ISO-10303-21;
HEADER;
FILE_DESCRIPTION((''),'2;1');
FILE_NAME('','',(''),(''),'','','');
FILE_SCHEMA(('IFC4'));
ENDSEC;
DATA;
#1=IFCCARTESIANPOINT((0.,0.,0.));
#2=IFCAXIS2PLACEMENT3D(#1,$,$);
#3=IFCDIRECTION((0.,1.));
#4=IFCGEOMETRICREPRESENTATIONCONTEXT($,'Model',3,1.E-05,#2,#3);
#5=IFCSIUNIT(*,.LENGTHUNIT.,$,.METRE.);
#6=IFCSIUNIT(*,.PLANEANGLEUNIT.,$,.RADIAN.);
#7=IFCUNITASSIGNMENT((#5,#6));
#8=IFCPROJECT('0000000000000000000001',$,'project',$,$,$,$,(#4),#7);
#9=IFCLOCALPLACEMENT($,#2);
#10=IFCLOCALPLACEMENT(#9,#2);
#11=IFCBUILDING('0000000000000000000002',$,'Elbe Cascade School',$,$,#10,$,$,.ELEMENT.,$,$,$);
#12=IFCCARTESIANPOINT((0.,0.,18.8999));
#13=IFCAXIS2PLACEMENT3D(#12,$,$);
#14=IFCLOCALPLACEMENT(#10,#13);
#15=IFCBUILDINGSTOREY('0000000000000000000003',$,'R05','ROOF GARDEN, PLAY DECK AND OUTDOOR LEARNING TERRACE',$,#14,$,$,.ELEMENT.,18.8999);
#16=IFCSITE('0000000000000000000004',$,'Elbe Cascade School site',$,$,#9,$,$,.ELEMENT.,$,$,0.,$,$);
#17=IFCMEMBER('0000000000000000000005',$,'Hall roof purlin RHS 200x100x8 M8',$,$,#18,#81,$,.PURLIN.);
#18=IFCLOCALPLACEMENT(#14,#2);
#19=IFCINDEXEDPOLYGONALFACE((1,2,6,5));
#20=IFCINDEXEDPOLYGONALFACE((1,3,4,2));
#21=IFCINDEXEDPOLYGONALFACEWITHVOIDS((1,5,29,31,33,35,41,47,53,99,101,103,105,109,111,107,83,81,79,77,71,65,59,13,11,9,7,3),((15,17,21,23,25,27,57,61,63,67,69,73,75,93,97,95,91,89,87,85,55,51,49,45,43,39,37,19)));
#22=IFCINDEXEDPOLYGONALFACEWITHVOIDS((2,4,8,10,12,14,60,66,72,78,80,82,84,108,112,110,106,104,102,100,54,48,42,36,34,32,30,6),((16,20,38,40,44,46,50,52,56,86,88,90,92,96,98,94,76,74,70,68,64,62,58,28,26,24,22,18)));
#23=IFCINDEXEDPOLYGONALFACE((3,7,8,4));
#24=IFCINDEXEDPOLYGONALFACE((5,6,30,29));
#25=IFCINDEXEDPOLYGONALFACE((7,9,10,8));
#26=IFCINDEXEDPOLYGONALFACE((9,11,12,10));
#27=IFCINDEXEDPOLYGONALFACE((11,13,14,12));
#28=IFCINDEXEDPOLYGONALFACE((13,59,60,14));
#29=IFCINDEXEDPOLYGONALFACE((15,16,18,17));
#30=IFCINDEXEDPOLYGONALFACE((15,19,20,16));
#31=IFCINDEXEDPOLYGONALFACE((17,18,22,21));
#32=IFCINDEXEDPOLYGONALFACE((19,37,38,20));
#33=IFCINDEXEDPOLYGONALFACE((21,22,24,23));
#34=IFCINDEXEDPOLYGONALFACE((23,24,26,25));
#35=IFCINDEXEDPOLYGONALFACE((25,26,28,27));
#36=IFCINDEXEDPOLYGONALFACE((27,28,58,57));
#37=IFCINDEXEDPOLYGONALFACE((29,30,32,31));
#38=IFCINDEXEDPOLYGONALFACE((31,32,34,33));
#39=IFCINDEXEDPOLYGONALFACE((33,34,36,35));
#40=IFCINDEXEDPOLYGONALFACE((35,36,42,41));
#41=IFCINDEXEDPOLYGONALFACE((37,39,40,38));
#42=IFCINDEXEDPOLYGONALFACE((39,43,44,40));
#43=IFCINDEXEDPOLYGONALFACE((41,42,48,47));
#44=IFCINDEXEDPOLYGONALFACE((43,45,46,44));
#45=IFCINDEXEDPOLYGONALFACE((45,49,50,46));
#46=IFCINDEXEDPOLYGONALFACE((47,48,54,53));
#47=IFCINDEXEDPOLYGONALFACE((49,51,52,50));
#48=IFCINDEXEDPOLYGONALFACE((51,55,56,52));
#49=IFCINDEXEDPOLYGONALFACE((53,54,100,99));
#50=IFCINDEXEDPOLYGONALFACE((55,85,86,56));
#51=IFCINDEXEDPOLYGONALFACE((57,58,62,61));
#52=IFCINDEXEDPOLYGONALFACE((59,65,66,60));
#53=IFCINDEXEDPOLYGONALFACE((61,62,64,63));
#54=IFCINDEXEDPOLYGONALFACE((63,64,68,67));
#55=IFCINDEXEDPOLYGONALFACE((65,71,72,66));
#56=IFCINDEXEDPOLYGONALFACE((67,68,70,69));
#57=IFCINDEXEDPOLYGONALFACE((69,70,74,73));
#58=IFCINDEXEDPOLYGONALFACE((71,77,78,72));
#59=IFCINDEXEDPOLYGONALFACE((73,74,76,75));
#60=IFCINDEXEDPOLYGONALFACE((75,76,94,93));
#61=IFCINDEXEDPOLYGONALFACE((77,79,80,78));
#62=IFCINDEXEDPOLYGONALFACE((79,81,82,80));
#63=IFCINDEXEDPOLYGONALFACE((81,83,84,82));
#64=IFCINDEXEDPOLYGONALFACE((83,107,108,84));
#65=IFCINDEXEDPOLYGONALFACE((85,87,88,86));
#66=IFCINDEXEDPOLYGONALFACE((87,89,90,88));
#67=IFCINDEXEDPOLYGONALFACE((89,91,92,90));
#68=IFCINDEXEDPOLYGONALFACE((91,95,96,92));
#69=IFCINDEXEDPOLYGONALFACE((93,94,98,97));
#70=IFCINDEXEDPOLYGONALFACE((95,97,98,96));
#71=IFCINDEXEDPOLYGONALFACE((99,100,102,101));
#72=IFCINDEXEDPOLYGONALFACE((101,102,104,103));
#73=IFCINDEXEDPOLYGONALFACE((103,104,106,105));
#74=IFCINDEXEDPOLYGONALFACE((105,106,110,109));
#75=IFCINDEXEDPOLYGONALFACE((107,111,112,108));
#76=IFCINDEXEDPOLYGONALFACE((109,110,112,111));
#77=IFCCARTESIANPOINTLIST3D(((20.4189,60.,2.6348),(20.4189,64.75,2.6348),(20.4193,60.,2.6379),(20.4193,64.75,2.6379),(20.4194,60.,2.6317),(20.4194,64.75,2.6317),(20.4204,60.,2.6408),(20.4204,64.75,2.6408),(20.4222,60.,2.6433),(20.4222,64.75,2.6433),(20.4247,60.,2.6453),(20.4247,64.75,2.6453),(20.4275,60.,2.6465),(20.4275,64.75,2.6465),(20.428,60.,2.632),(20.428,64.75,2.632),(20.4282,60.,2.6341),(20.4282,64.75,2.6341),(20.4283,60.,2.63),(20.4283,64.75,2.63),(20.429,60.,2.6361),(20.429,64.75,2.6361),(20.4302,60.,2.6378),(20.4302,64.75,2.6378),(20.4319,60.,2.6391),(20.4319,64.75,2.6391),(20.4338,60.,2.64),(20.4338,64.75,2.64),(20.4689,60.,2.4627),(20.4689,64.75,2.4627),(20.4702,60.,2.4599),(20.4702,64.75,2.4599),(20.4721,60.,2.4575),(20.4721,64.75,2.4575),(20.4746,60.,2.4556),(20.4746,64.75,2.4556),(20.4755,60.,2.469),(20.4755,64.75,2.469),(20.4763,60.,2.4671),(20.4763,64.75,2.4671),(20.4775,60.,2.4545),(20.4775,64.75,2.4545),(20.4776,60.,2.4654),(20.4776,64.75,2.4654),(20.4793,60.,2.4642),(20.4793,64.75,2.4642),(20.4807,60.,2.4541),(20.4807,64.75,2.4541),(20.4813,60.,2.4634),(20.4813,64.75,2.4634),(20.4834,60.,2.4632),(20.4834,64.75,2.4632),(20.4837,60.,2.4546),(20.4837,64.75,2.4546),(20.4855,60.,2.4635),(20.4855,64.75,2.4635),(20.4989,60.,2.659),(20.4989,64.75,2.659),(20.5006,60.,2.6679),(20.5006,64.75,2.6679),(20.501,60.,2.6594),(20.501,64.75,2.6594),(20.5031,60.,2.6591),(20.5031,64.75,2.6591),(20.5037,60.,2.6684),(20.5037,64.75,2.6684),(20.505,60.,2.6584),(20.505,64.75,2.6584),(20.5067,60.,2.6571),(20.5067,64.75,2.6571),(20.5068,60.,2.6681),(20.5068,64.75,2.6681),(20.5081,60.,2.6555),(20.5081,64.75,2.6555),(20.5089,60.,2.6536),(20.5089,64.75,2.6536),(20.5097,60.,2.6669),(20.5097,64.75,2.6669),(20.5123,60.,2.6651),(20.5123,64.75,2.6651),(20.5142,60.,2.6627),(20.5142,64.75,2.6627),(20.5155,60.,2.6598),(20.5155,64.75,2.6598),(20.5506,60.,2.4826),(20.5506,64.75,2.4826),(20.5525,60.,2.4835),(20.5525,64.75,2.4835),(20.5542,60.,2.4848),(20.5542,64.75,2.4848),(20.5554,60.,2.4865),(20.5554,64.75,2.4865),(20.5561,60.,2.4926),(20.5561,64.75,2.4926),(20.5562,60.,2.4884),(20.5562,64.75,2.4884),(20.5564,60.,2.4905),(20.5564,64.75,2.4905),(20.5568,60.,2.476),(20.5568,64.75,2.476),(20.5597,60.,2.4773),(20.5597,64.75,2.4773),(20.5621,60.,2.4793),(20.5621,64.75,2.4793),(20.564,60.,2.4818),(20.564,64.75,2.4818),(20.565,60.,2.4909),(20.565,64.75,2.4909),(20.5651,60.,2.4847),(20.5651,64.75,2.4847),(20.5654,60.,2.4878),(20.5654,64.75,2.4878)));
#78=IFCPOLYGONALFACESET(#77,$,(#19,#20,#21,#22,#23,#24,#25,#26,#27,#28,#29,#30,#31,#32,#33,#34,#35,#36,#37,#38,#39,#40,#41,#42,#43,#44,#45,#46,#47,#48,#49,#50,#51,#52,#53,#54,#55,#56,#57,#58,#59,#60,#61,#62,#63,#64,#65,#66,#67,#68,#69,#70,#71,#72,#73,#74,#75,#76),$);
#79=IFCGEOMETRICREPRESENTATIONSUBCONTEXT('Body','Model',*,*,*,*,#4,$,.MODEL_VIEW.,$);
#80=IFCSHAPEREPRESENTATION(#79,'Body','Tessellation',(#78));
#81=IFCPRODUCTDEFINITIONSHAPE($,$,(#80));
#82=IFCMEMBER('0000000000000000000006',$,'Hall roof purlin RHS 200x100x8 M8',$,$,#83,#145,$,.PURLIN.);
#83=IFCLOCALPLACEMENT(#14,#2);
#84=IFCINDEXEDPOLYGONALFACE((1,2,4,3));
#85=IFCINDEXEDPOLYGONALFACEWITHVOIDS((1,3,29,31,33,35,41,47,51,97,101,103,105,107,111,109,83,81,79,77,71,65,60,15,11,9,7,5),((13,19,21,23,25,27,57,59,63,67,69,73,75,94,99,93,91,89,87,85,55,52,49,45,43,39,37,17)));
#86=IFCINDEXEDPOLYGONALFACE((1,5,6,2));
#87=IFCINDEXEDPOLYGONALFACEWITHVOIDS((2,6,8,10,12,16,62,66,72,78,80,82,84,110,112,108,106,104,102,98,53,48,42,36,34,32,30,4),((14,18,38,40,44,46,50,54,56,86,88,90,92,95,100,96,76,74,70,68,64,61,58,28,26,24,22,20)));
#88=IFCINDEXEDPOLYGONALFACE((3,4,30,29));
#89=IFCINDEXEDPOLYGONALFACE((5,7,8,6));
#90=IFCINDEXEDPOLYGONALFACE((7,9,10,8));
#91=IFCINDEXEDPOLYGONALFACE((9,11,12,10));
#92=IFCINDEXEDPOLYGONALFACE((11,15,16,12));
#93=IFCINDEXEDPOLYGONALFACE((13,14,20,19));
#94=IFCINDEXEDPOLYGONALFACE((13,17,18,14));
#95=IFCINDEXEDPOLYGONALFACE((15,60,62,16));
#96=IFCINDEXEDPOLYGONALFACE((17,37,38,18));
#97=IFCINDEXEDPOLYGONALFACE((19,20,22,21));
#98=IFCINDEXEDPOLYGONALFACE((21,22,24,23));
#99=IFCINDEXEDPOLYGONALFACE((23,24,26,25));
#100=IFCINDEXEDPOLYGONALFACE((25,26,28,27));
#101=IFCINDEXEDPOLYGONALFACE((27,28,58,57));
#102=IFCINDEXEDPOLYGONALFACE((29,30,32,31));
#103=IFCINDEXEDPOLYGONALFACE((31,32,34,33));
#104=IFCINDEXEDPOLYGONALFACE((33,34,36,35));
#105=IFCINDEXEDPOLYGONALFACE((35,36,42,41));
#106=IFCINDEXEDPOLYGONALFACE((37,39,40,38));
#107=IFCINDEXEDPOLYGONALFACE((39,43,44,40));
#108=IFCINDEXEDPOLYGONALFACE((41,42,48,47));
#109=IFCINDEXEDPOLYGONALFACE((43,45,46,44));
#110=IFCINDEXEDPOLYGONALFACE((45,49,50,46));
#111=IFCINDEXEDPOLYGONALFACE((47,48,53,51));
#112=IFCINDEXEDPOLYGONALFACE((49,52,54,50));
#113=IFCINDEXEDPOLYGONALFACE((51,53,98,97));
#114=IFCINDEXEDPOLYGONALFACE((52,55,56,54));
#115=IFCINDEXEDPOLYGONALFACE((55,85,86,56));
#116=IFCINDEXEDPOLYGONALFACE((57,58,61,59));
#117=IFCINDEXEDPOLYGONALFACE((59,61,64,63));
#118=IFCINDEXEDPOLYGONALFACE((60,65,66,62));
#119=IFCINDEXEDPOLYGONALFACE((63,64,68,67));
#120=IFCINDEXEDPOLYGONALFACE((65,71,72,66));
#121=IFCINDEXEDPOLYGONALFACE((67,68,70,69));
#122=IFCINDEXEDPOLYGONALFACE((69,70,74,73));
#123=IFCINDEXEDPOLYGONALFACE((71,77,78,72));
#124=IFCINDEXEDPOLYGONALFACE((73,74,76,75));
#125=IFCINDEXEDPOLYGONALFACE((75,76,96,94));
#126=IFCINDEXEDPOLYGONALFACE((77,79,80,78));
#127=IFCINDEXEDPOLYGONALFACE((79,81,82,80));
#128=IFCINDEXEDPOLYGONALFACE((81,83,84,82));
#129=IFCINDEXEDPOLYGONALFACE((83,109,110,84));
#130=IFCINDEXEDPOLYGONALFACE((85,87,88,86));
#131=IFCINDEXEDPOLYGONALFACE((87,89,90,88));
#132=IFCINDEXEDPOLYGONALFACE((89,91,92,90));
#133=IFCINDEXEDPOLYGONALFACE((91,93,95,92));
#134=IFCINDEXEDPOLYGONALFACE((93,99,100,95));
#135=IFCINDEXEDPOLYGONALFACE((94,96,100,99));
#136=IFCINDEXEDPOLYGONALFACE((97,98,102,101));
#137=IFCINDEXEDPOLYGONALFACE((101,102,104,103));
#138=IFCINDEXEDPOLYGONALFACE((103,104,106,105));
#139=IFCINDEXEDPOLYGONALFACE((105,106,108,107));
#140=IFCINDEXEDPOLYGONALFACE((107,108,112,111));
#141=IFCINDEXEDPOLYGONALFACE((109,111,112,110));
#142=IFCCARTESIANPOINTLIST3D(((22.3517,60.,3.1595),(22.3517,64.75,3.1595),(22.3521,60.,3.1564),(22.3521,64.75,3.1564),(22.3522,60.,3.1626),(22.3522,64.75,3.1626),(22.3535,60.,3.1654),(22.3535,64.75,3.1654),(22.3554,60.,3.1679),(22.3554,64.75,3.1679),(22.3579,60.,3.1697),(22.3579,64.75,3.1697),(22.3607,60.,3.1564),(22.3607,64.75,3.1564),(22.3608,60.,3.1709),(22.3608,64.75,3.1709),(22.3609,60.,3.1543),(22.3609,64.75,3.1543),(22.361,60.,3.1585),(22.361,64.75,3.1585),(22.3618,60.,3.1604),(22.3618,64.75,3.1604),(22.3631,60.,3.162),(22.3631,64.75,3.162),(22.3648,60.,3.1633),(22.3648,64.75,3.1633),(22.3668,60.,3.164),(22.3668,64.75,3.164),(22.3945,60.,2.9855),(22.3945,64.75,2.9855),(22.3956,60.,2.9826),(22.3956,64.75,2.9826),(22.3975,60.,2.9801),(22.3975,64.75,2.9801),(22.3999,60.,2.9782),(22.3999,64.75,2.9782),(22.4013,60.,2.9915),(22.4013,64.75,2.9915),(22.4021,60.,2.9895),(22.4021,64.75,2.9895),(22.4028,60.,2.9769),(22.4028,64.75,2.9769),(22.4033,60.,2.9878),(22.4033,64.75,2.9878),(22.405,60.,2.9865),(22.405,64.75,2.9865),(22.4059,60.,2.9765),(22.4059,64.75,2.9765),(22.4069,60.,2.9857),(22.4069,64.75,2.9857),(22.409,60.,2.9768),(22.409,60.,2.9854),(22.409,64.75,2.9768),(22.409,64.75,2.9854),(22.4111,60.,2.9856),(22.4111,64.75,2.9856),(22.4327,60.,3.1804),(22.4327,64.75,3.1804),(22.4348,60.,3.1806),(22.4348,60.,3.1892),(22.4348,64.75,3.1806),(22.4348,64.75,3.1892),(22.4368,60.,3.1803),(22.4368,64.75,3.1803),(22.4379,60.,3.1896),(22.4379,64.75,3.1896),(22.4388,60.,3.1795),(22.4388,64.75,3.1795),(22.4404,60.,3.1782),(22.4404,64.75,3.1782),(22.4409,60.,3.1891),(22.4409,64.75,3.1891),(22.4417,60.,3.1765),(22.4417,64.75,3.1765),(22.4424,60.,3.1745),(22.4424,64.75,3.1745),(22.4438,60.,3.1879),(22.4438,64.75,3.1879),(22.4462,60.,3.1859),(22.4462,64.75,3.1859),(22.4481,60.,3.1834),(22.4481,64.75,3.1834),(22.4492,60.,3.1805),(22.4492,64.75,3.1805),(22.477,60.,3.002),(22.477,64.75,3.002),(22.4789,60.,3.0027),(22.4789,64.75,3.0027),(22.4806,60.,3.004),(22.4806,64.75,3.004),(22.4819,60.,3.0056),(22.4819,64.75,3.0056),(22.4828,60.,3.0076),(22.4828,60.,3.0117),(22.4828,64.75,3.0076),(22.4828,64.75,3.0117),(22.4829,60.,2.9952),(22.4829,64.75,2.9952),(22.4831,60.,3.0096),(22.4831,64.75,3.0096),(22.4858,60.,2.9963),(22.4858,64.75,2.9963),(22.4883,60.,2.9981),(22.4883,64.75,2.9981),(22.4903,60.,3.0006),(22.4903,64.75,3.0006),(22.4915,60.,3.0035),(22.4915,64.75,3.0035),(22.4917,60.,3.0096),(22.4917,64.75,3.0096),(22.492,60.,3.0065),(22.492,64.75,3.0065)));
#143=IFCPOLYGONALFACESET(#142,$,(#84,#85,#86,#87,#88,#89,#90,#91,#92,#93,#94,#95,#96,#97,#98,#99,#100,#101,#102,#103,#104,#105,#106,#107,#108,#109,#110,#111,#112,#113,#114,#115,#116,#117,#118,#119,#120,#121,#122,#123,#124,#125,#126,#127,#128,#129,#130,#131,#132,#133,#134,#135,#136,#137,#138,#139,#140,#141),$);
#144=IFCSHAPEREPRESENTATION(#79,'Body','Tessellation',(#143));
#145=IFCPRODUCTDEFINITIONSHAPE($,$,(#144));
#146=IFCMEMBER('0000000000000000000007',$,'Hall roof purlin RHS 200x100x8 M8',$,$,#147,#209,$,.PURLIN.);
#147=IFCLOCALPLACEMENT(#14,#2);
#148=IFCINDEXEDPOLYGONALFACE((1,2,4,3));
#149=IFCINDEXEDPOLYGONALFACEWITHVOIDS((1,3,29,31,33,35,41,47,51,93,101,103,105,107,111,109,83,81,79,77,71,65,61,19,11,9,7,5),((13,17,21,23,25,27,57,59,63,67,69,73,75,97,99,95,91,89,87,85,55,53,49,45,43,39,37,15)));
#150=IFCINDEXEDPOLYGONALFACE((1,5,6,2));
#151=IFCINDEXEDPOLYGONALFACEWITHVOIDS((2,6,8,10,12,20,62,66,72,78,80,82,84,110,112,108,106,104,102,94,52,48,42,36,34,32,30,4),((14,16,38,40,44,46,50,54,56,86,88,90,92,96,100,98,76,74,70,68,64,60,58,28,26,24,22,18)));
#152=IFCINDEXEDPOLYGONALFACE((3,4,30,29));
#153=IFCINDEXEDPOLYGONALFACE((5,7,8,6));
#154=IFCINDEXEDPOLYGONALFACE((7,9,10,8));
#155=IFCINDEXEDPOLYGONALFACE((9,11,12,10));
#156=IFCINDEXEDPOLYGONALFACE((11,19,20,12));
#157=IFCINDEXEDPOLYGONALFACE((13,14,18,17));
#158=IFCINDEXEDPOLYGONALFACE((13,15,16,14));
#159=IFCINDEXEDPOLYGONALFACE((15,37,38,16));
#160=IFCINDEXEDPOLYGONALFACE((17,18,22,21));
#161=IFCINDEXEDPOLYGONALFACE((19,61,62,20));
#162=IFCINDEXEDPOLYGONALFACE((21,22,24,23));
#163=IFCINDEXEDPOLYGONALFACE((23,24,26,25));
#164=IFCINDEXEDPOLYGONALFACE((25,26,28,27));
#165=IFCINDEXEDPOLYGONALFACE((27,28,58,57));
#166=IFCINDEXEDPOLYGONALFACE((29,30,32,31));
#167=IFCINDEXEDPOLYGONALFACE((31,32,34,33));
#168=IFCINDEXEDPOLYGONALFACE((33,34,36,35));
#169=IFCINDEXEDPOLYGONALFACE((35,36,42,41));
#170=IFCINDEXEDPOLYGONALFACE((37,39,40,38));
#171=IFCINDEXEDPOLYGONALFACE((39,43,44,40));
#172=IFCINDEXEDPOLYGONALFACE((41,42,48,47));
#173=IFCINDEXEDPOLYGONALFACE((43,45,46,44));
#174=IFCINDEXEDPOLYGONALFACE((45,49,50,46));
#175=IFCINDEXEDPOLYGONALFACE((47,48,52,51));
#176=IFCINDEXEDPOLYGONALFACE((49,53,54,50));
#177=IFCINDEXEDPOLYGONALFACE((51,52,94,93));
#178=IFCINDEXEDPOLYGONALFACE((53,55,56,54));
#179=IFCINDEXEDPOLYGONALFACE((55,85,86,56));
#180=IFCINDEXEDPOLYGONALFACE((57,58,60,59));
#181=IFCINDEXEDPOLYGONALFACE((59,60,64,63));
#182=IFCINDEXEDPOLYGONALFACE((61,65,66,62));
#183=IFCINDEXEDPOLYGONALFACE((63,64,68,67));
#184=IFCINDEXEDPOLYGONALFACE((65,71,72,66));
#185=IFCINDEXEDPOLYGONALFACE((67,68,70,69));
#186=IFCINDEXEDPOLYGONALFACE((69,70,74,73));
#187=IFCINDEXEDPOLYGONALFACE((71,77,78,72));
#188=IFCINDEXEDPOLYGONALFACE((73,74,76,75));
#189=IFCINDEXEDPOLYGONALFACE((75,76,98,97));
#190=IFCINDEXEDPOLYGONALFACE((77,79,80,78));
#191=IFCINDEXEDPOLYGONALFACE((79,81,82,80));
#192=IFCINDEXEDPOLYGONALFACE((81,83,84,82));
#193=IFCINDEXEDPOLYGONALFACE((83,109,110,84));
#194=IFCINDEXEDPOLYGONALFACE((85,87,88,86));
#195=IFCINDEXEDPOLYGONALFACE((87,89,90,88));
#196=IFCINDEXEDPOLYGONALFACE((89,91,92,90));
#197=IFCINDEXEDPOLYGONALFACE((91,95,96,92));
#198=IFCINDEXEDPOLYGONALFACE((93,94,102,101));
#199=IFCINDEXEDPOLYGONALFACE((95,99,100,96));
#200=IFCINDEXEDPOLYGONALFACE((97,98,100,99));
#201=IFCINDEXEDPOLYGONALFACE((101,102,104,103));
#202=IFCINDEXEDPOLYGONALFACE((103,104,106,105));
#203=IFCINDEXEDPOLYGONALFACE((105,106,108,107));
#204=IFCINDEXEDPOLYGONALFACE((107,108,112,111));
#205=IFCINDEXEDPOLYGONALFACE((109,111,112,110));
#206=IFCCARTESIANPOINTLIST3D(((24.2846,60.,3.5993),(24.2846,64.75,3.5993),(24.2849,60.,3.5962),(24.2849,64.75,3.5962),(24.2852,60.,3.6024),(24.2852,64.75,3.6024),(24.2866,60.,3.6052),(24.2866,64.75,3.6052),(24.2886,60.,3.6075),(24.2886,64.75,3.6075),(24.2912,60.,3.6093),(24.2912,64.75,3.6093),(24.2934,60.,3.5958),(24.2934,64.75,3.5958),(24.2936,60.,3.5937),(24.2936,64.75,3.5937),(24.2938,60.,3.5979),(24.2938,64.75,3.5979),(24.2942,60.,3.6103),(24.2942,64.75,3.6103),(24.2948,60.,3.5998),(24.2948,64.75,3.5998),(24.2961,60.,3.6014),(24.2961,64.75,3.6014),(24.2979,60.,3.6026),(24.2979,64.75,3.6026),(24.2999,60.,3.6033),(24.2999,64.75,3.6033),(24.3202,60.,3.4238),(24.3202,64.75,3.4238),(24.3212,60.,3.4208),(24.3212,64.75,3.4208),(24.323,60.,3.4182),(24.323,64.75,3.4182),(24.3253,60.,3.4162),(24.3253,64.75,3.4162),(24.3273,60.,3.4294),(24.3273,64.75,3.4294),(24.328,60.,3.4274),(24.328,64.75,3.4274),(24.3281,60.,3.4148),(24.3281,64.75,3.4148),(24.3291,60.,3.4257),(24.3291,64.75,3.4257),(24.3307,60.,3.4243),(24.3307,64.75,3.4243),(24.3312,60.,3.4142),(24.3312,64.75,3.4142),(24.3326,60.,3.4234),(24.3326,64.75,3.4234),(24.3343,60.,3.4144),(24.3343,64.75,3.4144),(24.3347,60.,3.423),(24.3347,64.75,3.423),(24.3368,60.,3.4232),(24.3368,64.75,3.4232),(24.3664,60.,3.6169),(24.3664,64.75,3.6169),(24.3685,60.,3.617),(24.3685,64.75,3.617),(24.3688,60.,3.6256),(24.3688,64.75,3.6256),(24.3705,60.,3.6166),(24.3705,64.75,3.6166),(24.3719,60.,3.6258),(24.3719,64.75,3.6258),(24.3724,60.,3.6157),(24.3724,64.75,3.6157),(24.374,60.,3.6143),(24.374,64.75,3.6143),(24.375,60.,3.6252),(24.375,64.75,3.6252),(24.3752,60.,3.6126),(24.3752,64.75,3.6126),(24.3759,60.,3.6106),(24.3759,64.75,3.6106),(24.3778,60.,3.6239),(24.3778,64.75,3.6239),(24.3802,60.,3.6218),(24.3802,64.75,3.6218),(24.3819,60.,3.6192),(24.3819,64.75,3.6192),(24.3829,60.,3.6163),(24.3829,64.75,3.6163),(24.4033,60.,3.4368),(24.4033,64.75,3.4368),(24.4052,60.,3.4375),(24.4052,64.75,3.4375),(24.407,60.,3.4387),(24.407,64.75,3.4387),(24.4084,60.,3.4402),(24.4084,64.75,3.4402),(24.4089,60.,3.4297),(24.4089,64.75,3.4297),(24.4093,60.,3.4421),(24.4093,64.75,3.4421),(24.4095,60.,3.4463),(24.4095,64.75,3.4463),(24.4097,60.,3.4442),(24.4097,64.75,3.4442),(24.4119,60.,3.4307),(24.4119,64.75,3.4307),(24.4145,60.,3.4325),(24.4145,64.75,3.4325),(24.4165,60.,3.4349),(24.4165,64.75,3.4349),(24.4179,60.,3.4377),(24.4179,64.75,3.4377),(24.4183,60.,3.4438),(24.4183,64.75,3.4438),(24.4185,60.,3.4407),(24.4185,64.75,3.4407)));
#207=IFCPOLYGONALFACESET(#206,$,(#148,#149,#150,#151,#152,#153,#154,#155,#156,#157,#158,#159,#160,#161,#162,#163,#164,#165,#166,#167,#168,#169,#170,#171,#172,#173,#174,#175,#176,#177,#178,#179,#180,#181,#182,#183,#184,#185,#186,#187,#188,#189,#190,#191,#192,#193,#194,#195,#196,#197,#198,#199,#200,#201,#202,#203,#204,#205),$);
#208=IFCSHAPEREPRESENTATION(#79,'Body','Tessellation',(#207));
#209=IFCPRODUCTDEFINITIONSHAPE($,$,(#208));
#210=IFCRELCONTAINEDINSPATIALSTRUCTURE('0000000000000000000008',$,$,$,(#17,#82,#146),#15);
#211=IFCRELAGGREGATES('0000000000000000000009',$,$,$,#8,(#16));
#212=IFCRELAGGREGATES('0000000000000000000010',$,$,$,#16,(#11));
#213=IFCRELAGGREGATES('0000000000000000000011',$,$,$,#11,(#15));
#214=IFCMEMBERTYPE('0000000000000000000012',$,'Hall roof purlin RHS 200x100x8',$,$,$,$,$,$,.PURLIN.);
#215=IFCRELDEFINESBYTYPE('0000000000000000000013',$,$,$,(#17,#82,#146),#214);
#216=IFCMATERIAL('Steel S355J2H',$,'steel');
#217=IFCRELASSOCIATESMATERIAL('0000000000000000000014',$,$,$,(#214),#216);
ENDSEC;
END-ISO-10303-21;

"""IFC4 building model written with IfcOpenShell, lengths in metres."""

from ifc_helpers import new_model, si_unit, direction, frame, origin, origin_2d, place, context, subcontext, project, spatial, hollow_rectangle, extrude, material, material_profile, profile_set, type_object, element, save


model = new_model("IFC4")

# Units and contexts
model_context = context("Model", 3, precision=1e-05, world=origin(), true_north=direction((0.0, 1.0)))
body_context = subcontext(model_context, "Body", "Model", "MODEL_VIEW")
ifc_project = project(units=[si_unit("LENGTHUNIT", "METRE"), si_unit("PLANEANGLEUNIT", "RADIAN")], contexts=[model_context])

# Site, building, storey
site_placement = place(None, origin())
site = spatial("IfcSite", under=ifc_project, at=site_placement, Name="Elbe Cascade School site", CompositionType="ELEMENT", RefElevation=0.0)
building_placement = place(site_placement, origin())
building = spatial("IfcBuilding", under=site, at=building_placement, Name="Elbe Cascade School", CompositionType="ELEMENT")
storey_placement = place(building_placement, frame((0.0, 0.0, 18.8999)))
storey = spatial("IfcBuildingStorey", under=building, at=storey_placement, Name="R05", Description="ROOF GARDEN, PLAY DECK AND OUTDOOR LEARNING TERRACE", CompositionType="ELEMENT", Elevation=18.8999)

# Members
ifc_material_1 = material(Name="Steel S355J2H", Category="steel")
ifc_material_profile_1 = material_profile(ifc_material_1, hollow_rectangle(XDim=0.1001, YDim=0.2, WallThickness=0.0081, InnerFilletRadius=0.0081, OuterFilletRadius=0.012, at=origin_2d()), Name="RHS 200x100x8")
ifc_profile_set_1 = profile_set([ifc_material_profile_1], Name="Steel S355J2H")
member_type_1 = type_object("IfcMemberType", Name="Hall roof purlin RHS 200x100x8", PredefinedType="PURLIN", material=ifc_profile_set_1)
for number, where, z_axis, x_axis, name in (
    (1, (20.4922, 60.0, 2.5613), (0.0, 1.0, 0.0), (-0.959684, 0.0, -0.281081), "Hall roof purlin RHS 200x100x8 M8"),
    (2, (22.4219, 60.0, 3.083), (0.0, 1.0, 0.0), (-0.970543, 0.0, -0.240927), "Hall roof purlin RHS 200x100x8 M8"),
    (3, (24.3516, 60.0, 3.52), (0.0, 1.0, 0.0), (-0.979638, 0.0, -0.200772), "Hall roof purlin RHS 200x100x8 M8"),
):
    element("IfcMember", number, at=place(storey_placement, frame(where, z_axis=z_axis, x_axis=x_axis)), inside=storey, type_object=member_type_1, Name=name, PredefinedType="PURLIN", context=body_context, shape_type="SweptSolid", body=[
        extrude(hollow_rectangle(XDim=0.1001, YDim=0.2, WallThickness=0.0081, InnerFilletRadius=0.0081, OuterFilletRadius=0.012, at=origin_2d()), origin(), (0.0, 0.0, 1.0), 4.75),
    ])

save(model, "model.ifc")
